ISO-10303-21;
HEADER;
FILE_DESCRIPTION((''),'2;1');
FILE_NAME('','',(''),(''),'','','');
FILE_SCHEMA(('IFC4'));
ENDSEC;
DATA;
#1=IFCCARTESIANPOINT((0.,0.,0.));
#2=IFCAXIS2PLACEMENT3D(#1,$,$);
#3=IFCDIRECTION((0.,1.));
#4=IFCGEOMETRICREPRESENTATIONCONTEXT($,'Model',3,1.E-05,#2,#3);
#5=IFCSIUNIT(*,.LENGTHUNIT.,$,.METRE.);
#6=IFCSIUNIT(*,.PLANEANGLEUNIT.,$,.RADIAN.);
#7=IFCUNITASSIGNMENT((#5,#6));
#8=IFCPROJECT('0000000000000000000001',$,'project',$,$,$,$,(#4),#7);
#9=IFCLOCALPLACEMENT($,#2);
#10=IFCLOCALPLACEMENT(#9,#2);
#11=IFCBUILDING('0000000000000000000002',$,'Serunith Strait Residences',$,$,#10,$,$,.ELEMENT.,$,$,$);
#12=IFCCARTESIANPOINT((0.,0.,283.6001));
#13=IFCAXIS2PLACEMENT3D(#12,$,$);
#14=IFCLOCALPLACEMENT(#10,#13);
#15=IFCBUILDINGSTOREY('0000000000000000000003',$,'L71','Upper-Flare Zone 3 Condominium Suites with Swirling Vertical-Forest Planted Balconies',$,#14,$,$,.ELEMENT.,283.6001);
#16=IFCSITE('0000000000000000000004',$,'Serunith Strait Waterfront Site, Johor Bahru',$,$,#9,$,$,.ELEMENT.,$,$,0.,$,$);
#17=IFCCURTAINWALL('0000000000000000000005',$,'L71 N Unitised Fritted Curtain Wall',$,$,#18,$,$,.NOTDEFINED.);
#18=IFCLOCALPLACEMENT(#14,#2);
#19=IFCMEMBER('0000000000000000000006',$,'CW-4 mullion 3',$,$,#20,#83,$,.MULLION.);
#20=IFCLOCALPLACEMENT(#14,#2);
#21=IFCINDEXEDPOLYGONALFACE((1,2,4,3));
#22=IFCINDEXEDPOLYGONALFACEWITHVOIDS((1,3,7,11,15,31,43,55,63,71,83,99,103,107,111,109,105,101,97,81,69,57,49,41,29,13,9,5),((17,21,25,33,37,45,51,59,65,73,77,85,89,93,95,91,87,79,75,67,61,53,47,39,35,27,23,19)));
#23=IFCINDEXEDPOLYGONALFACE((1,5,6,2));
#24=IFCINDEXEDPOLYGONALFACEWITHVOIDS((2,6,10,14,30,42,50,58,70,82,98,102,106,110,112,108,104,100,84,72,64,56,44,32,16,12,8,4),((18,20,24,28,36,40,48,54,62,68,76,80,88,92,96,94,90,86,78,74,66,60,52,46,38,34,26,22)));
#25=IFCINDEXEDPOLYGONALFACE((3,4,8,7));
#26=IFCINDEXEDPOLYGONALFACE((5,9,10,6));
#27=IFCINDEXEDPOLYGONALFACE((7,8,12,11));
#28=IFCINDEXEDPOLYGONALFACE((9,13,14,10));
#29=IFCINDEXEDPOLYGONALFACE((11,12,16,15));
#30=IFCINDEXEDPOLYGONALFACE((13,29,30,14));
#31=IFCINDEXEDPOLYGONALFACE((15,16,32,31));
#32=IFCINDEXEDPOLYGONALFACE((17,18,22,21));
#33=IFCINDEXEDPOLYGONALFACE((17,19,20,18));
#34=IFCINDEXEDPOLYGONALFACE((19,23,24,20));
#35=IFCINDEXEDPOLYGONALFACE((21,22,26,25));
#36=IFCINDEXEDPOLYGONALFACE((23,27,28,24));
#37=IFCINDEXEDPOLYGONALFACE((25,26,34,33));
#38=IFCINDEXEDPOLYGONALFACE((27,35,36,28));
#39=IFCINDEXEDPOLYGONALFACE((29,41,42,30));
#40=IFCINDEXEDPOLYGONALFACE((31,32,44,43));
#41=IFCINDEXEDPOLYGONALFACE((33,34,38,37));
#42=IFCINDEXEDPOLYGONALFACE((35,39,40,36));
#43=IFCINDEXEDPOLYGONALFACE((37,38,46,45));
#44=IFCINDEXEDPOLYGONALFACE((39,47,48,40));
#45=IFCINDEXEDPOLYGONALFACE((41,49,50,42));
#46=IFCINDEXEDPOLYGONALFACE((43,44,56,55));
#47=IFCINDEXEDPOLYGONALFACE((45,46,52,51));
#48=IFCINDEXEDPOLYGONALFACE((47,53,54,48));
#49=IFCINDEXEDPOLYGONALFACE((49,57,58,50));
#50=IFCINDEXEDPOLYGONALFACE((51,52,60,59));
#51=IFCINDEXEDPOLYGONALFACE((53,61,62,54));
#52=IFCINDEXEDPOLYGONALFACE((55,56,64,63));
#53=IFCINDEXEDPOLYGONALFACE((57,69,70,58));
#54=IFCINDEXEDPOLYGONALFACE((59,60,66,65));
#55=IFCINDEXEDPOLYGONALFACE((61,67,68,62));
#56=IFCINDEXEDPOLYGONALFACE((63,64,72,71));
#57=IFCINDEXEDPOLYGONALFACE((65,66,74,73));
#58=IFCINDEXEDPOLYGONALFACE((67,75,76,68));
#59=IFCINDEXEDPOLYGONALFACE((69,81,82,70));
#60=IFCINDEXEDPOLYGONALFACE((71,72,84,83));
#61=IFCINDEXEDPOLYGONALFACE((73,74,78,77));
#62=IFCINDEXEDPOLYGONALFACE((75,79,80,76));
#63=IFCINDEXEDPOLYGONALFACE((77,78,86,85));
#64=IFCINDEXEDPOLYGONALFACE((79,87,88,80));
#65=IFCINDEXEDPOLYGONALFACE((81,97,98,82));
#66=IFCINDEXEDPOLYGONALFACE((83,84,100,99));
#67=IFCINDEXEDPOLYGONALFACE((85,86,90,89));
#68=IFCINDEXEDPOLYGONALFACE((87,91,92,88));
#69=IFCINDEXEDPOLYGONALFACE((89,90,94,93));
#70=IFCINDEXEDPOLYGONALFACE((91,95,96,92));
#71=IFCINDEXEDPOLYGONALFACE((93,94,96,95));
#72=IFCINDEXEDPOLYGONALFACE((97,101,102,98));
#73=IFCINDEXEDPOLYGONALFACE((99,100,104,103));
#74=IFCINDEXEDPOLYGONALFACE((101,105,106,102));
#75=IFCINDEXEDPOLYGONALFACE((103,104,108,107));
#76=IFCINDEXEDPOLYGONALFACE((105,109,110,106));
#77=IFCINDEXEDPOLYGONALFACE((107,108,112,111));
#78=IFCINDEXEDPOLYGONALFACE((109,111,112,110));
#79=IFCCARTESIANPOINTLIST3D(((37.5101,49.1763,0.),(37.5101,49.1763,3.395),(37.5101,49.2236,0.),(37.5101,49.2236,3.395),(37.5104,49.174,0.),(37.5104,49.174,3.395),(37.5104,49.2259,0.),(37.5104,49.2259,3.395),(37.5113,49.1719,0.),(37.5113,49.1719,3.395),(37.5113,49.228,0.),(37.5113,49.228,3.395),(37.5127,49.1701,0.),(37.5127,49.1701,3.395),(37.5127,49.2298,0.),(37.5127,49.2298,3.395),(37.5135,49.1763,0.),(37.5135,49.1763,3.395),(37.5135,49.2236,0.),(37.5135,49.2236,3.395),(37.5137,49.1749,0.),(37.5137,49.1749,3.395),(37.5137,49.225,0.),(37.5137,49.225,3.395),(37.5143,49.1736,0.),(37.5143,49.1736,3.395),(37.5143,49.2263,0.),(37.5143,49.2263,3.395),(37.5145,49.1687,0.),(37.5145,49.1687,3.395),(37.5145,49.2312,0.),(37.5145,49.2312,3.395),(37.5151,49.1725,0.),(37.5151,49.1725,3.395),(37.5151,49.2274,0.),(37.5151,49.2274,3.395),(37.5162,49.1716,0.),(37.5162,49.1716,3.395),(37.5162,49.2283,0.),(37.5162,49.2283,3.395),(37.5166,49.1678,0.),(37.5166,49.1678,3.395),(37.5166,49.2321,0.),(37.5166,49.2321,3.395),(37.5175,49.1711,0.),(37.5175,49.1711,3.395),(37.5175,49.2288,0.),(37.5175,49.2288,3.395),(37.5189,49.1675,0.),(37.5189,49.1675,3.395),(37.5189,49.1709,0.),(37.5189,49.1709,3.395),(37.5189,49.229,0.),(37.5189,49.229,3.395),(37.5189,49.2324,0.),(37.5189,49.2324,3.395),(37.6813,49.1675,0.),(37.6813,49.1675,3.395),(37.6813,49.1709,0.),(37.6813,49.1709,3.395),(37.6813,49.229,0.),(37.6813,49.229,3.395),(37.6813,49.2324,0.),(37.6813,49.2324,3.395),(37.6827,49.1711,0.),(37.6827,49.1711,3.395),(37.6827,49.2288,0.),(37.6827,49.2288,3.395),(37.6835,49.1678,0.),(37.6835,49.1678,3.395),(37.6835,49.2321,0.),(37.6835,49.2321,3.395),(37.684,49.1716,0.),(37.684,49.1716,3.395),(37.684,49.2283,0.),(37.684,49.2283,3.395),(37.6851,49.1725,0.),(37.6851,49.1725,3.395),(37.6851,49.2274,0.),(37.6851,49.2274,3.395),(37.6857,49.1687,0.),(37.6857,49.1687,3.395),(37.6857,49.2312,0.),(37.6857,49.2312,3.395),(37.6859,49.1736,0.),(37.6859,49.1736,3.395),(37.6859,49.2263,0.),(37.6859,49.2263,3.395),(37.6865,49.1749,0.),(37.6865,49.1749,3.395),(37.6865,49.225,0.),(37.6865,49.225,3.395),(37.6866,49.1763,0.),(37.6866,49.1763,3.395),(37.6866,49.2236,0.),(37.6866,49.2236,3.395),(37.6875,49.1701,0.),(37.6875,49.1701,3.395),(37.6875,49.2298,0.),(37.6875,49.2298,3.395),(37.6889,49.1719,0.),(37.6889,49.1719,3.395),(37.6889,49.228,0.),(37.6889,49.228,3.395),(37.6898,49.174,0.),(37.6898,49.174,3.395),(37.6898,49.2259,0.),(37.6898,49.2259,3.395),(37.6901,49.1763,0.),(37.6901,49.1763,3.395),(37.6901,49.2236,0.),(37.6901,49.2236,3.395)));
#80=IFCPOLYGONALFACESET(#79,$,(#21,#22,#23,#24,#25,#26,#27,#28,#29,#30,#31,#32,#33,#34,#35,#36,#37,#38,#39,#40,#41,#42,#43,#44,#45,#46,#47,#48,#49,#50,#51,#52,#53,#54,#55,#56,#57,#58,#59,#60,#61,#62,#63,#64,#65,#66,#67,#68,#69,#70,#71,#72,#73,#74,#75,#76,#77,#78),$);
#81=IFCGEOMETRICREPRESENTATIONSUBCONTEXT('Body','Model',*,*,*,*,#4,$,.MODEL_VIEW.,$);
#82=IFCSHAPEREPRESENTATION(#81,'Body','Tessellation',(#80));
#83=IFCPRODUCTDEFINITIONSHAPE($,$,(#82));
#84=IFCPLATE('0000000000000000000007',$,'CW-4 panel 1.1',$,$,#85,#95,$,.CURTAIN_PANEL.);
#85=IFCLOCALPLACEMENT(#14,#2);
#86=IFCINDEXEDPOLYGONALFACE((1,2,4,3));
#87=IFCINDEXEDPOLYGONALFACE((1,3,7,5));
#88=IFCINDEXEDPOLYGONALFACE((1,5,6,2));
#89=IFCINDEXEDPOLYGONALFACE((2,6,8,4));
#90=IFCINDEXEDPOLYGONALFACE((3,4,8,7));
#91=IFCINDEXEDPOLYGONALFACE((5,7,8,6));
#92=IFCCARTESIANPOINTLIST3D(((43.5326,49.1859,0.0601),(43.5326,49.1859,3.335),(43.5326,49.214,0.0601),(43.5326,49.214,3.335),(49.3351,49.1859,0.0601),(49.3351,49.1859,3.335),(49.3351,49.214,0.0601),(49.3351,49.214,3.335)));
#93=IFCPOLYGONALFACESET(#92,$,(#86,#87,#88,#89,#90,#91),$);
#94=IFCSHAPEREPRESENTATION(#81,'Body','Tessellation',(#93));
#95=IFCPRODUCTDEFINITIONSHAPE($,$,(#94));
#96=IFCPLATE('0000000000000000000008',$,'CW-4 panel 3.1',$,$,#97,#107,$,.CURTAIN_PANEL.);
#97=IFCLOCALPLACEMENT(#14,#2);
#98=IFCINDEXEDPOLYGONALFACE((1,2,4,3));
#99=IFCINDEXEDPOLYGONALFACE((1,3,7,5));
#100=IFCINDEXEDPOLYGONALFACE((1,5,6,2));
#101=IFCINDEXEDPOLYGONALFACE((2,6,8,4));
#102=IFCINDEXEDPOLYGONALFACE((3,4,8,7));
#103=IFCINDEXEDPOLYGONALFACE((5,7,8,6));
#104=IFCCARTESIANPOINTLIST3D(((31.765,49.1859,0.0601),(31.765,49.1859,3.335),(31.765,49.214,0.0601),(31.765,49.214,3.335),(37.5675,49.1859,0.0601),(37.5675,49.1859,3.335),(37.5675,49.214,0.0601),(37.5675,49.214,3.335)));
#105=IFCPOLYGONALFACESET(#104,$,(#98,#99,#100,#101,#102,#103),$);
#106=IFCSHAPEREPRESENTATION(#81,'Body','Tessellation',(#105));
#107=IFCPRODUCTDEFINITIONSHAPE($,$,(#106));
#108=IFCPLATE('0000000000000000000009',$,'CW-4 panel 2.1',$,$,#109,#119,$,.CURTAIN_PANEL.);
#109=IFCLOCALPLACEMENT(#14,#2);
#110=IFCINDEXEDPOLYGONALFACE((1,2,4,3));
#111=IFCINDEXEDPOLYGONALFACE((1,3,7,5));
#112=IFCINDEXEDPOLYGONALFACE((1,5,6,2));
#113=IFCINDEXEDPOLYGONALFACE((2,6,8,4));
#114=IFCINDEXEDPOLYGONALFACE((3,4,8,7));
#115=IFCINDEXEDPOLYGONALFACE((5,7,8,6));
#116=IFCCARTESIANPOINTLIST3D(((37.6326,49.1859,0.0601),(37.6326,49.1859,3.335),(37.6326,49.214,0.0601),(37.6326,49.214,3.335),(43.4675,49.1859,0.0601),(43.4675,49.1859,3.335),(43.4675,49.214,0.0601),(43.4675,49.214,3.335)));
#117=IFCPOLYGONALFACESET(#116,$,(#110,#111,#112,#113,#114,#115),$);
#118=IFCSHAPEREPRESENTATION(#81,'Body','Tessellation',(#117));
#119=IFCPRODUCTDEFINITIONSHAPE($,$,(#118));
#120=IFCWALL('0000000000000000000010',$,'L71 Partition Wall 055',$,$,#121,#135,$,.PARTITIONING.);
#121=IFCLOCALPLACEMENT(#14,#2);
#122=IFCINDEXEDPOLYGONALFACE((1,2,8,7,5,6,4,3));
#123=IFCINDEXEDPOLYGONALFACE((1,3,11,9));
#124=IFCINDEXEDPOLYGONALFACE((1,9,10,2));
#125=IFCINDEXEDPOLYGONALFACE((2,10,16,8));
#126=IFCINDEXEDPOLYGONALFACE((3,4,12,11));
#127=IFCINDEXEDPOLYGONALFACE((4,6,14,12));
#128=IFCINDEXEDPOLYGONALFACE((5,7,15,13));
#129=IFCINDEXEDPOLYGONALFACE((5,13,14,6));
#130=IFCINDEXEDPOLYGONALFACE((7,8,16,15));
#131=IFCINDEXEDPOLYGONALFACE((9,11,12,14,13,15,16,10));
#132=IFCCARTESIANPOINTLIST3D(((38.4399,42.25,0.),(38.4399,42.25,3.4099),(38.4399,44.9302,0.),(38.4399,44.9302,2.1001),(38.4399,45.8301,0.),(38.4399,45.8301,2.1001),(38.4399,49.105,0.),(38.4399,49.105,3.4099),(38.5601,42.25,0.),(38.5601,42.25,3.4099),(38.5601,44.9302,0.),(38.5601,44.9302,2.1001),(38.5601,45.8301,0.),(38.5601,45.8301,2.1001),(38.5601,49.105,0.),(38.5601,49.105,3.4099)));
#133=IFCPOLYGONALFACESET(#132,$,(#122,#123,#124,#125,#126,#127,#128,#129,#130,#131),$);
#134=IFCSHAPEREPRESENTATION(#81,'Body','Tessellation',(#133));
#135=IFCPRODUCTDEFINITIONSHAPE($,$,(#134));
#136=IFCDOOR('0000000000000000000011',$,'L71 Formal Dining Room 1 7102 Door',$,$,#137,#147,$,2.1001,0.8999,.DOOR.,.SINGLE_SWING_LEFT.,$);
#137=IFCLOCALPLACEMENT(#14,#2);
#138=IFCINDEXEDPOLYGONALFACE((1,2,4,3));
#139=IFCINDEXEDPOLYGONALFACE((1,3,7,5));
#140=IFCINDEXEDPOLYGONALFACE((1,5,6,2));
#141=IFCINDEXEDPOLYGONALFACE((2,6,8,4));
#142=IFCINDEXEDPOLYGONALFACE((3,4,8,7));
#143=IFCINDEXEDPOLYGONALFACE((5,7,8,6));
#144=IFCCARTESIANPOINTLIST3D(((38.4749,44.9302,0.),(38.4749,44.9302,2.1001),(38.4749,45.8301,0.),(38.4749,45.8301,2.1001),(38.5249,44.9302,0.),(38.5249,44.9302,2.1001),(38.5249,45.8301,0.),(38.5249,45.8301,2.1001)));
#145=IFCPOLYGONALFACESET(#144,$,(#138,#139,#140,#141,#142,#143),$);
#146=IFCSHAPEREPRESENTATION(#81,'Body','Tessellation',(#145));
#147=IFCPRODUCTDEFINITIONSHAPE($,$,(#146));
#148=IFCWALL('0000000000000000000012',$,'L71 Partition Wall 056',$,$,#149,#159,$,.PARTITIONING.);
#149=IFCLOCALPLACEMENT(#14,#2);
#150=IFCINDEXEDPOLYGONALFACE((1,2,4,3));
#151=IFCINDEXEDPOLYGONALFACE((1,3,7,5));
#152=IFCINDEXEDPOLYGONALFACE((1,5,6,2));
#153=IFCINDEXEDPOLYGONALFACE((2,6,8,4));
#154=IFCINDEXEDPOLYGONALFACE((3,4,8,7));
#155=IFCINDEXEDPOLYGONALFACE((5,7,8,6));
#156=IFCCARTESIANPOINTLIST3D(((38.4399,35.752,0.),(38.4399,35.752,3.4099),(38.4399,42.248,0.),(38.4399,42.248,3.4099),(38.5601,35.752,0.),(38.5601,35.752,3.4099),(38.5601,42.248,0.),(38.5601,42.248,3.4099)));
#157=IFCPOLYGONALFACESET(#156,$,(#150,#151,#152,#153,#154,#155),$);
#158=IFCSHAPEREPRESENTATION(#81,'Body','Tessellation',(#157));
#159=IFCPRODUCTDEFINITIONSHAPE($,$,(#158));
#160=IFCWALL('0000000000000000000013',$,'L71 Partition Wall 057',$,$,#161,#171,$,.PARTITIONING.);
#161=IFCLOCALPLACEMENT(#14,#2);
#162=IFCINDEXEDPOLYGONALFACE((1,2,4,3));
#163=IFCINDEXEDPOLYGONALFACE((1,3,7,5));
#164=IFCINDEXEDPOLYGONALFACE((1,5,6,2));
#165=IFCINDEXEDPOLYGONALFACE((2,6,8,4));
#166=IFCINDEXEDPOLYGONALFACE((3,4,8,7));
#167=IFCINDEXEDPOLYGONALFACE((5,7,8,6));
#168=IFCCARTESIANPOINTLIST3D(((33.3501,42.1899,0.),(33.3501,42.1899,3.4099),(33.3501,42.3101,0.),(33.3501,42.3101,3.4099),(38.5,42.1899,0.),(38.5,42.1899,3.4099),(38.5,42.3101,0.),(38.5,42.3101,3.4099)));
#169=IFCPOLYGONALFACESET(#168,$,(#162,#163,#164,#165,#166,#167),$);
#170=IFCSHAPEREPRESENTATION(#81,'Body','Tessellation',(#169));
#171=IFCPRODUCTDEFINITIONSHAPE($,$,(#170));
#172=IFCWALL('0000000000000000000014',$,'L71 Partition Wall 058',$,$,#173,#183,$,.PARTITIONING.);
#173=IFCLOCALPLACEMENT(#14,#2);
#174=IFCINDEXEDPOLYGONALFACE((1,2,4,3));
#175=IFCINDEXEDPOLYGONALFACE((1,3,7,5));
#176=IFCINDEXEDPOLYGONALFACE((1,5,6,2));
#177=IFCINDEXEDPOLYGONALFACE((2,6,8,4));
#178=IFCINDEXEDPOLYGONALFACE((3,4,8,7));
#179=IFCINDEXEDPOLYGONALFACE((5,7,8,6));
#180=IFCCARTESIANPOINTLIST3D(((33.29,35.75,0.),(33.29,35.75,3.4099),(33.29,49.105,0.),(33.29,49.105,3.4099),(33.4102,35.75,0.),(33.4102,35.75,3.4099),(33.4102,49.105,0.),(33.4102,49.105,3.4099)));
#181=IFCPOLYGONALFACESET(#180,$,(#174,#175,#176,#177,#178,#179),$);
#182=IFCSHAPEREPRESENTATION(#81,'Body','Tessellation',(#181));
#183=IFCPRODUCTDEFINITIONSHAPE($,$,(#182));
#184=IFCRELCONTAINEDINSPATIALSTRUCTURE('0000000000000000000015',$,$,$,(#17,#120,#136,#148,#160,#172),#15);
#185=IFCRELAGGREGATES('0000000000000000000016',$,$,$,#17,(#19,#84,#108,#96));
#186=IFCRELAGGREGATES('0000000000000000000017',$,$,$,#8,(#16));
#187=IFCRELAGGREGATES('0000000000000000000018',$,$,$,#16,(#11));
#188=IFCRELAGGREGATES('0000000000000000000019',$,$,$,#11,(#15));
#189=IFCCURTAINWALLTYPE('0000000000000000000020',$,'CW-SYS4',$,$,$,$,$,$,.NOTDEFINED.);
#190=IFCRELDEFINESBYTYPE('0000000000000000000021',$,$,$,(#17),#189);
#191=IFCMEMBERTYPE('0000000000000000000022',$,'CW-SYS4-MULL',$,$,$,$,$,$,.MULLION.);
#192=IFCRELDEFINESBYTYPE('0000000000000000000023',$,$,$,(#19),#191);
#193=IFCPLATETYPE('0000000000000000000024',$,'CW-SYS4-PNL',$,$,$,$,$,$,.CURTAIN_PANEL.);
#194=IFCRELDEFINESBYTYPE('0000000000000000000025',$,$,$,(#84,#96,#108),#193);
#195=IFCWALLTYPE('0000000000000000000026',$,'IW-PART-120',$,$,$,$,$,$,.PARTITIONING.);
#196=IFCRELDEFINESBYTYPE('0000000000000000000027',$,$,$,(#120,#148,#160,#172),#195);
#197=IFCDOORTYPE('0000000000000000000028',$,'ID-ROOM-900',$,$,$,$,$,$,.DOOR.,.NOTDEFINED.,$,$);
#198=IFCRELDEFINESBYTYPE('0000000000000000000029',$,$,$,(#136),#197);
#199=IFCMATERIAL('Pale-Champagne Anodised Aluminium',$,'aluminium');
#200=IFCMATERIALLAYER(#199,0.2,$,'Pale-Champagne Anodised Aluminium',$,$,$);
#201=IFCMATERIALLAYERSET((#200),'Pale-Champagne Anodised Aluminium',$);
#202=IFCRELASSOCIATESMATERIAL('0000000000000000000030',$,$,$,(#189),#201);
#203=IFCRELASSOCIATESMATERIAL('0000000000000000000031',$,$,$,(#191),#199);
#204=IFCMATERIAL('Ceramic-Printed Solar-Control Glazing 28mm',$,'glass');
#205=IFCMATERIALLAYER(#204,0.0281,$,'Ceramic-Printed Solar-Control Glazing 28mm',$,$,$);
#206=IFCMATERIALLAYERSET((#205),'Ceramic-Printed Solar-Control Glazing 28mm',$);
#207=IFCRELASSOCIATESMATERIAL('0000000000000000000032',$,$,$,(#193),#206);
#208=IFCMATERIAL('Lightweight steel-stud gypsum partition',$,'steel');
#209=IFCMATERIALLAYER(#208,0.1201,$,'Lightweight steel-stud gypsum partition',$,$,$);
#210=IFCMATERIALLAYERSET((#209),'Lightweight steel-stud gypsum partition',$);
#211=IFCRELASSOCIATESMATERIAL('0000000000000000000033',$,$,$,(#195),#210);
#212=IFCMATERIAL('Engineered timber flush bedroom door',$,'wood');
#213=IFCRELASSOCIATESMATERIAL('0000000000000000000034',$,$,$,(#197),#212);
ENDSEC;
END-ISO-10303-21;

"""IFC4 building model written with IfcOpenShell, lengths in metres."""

from ifc_helpers import new_model, si_unit, direction, frame, frame_2d, origin, origin_2d, place, context, subcontext, project, spatial, rectangle, hollow_rectangle, extrude, source, transform, mapped, material, layer, layer_set, material_profile, profile_set, type_object, element, fill, aggregate, save


model = new_model("IFC4")

# Units and contexts
model_context = context("Model", 3, precision=1e-05, world=origin(), true_north=direction((0.0, 1.0)))
body_context = subcontext(model_context, "Body", "Model", "MODEL_VIEW")
ifc_project = project(units=[si_unit("LENGTHUNIT", "METRE"), si_unit("PLANEANGLEUNIT", "RADIAN")], contexts=[model_context])

# Site, building, storey
site_placement = place(None, origin())
site = spatial("IfcSite", under=ifc_project, at=site_placement, Name="Serunith Strait Waterfront Site, Johor Bahru", CompositionType="ELEMENT", RefElevation=0.0)
building_placement = place(site_placement, origin())
building = spatial("IfcBuilding", under=site, at=building_placement, Name="Serunith Strait Residences", CompositionType="ELEMENT")
storey_placement = place(building_placement, frame((0.0, 0.0, 283.6001)))
storey = spatial("IfcBuildingStorey", under=building, at=storey_placement, Name="L71", Description="Upper-Flare Zone 3 Condominium Suites with Swirling Vertical-Forest Planted Balconies", CompositionType="ELEMENT", Elevation=283.6001)

# Curtain wall, member, plates
ifc_material_1 = material(Name="Pale-Champagne Anodised Aluminium", Category="aluminium")
ifc_layer_1 = layer(ifc_material_1, 0.2, Name="Pale-Champagne Anodised Aluminium")
ifc_layer_set_1 = layer_set([ifc_layer_1], Name="Pale-Champagne Anodised Aluminium")
curtain_wall_type = type_object("IfcCurtainWallType", Name="CW-SYS4", PredefinedType="NOTDEFINED", material=ifc_layer_set_1)
curtain_wall_placement = place(storey_placement, origin())
curtain_wall = element("IfcCurtainWall", 1, at=curtain_wall_placement, inside=storey, type_object=curtain_wall_type, Name="L71 N Unitised Fritted Curtain Wall", PredefinedType="NOTDEFINED")
ifc_material_profile_1 = material_profile(ifc_material_1, hollow_rectangle(XDim=0.0649, YDim=0.1799, WallThickness=0.0034, InnerFilletRadius=0.0054, OuterFilletRadius=0.0088, at=origin_2d()), Name="ALU 180x65x3.5")
ifc_profile_set_1 = profile_set([ifc_material_profile_1], Name="Pale-Champagne Anodised Aluminium")
member_type_1 = type_object("IfcMemberType", Name="CW-SYS4-MULL", PredefinedType="MULLION", material=ifc_profile_set_1)
shared_shape_1 = source(origin(), body_context, "Body", "SweptSolid", [
    extrude(hollow_rectangle(XDim=0.0649, YDim=0.1799, WallThickness=0.0034, InnerFilletRadius=0.0054, OuterFilletRadius=0.0088, at=origin_2d()), origin(), (0.0, 0.0, 1.0), 3.395),
])
member_1_placement = place(storey_placement, frame((37.6001, 49.2, 0.0), z_axis=(0.0, 0.0, 1.0), x_axis=(0.0, -1.0, 0.0)))
member_1 = element("IfcMember", 2, at=member_1_placement, type_object=member_type_1, Name="CW-4 mullion 3", PredefinedType="MULLION", context=body_context, shape_type="MappedRepresentation", body=[
    mapped(shared_shape_1, transform((0.0, 0.0, 0.0), scale=1.0)),
])
ifc_material_2 = material(Name="Ceramic-Printed Solar-Control Glazing 28mm", Category="glass")
ifc_layer_2 = layer(ifc_material_2, 0.0281, Name="Ceramic-Printed Solar-Control Glazing 28mm")
ifc_layer_set_2 = layer_set([ifc_layer_2], Name="Ceramic-Printed Solar-Control Glazing 28mm")
plate_type = type_object("IfcPlateType", Name="CW-SYS4-PNL", PredefinedType="CURTAIN_PANEL", material=ifc_layer_set_2)
shared_shape_2 = source(origin(), body_context, "Body", "SweptSolid", [
    extrude(rectangle(XDim=5.8025, YDim=0.0281, at=origin_2d()), origin(), (0.0, 0.0, 1.0), 3.2749),
])
plate_1_placement = place(storey_placement, frame((46.4338, 49.2, 0.0601), z_axis=(0.0, 0.0, 1.0), x_axis=(-1.0, 0.0, 0.0)))
plate_1 = element("IfcPlate", 3, at=plate_1_placement, type_object=plate_type, Name="CW-4 panel 1.1", PredefinedType="CURTAIN_PANEL", context=body_context, shape_type="MappedRepresentation", body=[
    mapped(shared_shape_2, transform((0.0, 0.0, 0.0), scale=1.0)),
])
plate_2_placement = place(storey_placement, frame((34.6663, 49.2, 0.0601), z_axis=(0.0, 0.0, 1.0), x_axis=(-1.0, 0.0, 0.0)))
plate_2 = element("IfcPlate", 4, at=plate_2_placement, type_object=plate_type, Name="CW-4 panel 3.1", PredefinedType="CURTAIN_PANEL", context=body_context, shape_type="MappedRepresentation", body=[
    mapped(shared_shape_2, transform((0.0, 0.0, 0.0), scale=1.0)),
])
shared_shape_3 = source(origin(), body_context, "Body", "SweptSolid", [
    extrude(rectangle(XDim=5.835, YDim=0.0281, at=origin_2d()), origin(), (0.0, 0.0, 1.0), 3.2749),
])
plate_3_placement = place(storey_placement, frame((40.55, 49.2, 0.0601), z_axis=(0.0, 0.0, 1.0), x_axis=(-1.0, 0.0, 0.0)))
plate_3 = element("IfcPlate", 5, at=plate_3_placement, type_object=plate_type, Name="CW-4 panel 2.1", PredefinedType="CURTAIN_PANEL", context=body_context, shape_type="MappedRepresentation", body=[
    mapped(shared_shape_3, transform((0.0, 0.0, 0.0), scale=1.0)),
])
aggregate(curtain_wall, [member_1, plate_1, plate_3, plate_2])

# Wall, opening, door
ifc_material_3 = material(Name="Lightweight steel-stud gypsum partition", Category="steel")
ifc_layer_3 = layer(ifc_material_3, 0.1201, Name="Lightweight steel-stud gypsum partition")
ifc_layer_set_3 = layer_set([ifc_layer_3], Name="Lightweight steel-stud gypsum partition")
wall_type = type_object("IfcWallType", Name="IW-PART-120", PredefinedType="PARTITIONING", material=ifc_layer_set_3)
wall_1_placement = place(storey_placement, frame((38.5, 49.105, 0.0), z_axis=(0.0, 0.0, 1.0), x_axis=(0.0, -1.0, 0.0)))
wall_1 = element("IfcWall", 6, at=wall_1_placement, inside=storey, type_object=wall_type, Name="L71 Partition Wall 055", PredefinedType="PARTITIONING", context=body_context, shape_type="SweptSolid", body=[
    extrude(rectangle(XDim=6.855, YDim=0.1201, at=frame_2d((3.4275, 0.0))), origin(), (0.0, 0.0, 1.0), 3.4099),
])
opening_1_placement = place(wall_1_placement, frame((3.2749, 0.0, 0.0)))
opening_1 = element("IfcOpeningElement", 7, at=opening_1_placement, cuts=wall_1, PredefinedType="OPENING", context=body_context, shape_type="SweptSolid", body=[
    extrude(rectangle(XDim=0.8999, YDim=2.1001, at=frame_2d((0.45, 1.05))), frame((0.0, 0.0701, 0.0), z_axis=(0.0, -1.0, 0.0), x_axis=(1.0, 0.0, 0.0)), (0.0, 0.0, 1.0), 0.1401),
])
ifc_material_4 = material(Name="Engineered timber flush bedroom door", Category="wood")
door_type_1 = type_object("IfcDoorType", Name="ID-ROOM-900", OperationType="NOTDEFINED", PredefinedType="DOOR", material=ifc_material_4)
shared_shape_4 = source(origin(), body_context, "Body", "SweptSolid", [
    extrude(rectangle(XDim=0.8999, YDim=2.1001, at=frame_2d((0.45, 1.05))), frame((0.0, 0.0249, 0.0), z_axis=(0.0, -1.0, 0.0), x_axis=(1.0, 0.0, 0.0)), (0.0, 0.0, 1.0), 0.05),
])
door_1_placement = place(opening_1_placement, origin())
door_1 = element("IfcDoor", 8, at=door_1_placement, inside=storey, type_object=door_type_1, Name="L71 Formal Dining Room 1 7102 Door", OperationType="SINGLE_SWING_LEFT", OverallHeight=2.1001, OverallWidth=0.8999, PredefinedType="DOOR", context=body_context, shape_type="MappedRepresentation", body=[
    mapped(shared_shape_4, transform((0.0, 0.0, 0.0), scale=1.0)),
])
fill(opening_1, door_1)

# Walls
wall_2_placement = place(storey_placement, frame((38.5, 42.248, 0.0), z_axis=(0.0, 0.0, 1.0), x_axis=(0.0, -1.0, 0.0)))
element("IfcWall", 9, at=wall_2_placement, inside=storey, type_object=wall_type, Name="L71 Partition Wall 056", PredefinedType="PARTITIONING", context=body_context, shape_type="SweptSolid", body=[
    extrude(rectangle(XDim=6.4961, YDim=0.1201, at=frame_2d((3.248, 0.0))), origin(), (0.0, 0.0, 1.0), 3.4099),
])
wall_3_placement = place(storey_placement, frame((33.3501, 42.25, 0.0), z_axis=(0.0, 0.0, 1.0), x_axis=(1.0, 0.0, 0.0)))
element("IfcWall", 10, at=wall_3_placement, inside=storey, type_object=wall_type, Name="L71 Partition Wall 057", PredefinedType="PARTITIONING", context=body_context, shape_type="SweptSolid", body=[
    extrude(rectangle(XDim=5.1499, YDim=0.1201, at=frame_2d((2.575, 0.0))), origin(), (0.0, 0.0, 1.0), 3.4099),
])
wall_4_placement = place(storey_placement, frame((33.3501, 49.105, 0.0), z_axis=(0.0, 0.0, 1.0), x_axis=(0.0, -1.0, 0.0)))
element("IfcWall", 11, at=wall_4_placement, inside=storey, type_object=wall_type, Name="L71 Partition Wall 058", PredefinedType="PARTITIONING", context=body_context, shape_type="SweptSolid", body=[
    extrude(rectangle(XDim=13.355, YDim=0.1201, at=frame_2d((6.6775, 0.0))), origin(), (0.0, 0.0, 1.0), 3.4099),
])

save(model, "model.ifc")
